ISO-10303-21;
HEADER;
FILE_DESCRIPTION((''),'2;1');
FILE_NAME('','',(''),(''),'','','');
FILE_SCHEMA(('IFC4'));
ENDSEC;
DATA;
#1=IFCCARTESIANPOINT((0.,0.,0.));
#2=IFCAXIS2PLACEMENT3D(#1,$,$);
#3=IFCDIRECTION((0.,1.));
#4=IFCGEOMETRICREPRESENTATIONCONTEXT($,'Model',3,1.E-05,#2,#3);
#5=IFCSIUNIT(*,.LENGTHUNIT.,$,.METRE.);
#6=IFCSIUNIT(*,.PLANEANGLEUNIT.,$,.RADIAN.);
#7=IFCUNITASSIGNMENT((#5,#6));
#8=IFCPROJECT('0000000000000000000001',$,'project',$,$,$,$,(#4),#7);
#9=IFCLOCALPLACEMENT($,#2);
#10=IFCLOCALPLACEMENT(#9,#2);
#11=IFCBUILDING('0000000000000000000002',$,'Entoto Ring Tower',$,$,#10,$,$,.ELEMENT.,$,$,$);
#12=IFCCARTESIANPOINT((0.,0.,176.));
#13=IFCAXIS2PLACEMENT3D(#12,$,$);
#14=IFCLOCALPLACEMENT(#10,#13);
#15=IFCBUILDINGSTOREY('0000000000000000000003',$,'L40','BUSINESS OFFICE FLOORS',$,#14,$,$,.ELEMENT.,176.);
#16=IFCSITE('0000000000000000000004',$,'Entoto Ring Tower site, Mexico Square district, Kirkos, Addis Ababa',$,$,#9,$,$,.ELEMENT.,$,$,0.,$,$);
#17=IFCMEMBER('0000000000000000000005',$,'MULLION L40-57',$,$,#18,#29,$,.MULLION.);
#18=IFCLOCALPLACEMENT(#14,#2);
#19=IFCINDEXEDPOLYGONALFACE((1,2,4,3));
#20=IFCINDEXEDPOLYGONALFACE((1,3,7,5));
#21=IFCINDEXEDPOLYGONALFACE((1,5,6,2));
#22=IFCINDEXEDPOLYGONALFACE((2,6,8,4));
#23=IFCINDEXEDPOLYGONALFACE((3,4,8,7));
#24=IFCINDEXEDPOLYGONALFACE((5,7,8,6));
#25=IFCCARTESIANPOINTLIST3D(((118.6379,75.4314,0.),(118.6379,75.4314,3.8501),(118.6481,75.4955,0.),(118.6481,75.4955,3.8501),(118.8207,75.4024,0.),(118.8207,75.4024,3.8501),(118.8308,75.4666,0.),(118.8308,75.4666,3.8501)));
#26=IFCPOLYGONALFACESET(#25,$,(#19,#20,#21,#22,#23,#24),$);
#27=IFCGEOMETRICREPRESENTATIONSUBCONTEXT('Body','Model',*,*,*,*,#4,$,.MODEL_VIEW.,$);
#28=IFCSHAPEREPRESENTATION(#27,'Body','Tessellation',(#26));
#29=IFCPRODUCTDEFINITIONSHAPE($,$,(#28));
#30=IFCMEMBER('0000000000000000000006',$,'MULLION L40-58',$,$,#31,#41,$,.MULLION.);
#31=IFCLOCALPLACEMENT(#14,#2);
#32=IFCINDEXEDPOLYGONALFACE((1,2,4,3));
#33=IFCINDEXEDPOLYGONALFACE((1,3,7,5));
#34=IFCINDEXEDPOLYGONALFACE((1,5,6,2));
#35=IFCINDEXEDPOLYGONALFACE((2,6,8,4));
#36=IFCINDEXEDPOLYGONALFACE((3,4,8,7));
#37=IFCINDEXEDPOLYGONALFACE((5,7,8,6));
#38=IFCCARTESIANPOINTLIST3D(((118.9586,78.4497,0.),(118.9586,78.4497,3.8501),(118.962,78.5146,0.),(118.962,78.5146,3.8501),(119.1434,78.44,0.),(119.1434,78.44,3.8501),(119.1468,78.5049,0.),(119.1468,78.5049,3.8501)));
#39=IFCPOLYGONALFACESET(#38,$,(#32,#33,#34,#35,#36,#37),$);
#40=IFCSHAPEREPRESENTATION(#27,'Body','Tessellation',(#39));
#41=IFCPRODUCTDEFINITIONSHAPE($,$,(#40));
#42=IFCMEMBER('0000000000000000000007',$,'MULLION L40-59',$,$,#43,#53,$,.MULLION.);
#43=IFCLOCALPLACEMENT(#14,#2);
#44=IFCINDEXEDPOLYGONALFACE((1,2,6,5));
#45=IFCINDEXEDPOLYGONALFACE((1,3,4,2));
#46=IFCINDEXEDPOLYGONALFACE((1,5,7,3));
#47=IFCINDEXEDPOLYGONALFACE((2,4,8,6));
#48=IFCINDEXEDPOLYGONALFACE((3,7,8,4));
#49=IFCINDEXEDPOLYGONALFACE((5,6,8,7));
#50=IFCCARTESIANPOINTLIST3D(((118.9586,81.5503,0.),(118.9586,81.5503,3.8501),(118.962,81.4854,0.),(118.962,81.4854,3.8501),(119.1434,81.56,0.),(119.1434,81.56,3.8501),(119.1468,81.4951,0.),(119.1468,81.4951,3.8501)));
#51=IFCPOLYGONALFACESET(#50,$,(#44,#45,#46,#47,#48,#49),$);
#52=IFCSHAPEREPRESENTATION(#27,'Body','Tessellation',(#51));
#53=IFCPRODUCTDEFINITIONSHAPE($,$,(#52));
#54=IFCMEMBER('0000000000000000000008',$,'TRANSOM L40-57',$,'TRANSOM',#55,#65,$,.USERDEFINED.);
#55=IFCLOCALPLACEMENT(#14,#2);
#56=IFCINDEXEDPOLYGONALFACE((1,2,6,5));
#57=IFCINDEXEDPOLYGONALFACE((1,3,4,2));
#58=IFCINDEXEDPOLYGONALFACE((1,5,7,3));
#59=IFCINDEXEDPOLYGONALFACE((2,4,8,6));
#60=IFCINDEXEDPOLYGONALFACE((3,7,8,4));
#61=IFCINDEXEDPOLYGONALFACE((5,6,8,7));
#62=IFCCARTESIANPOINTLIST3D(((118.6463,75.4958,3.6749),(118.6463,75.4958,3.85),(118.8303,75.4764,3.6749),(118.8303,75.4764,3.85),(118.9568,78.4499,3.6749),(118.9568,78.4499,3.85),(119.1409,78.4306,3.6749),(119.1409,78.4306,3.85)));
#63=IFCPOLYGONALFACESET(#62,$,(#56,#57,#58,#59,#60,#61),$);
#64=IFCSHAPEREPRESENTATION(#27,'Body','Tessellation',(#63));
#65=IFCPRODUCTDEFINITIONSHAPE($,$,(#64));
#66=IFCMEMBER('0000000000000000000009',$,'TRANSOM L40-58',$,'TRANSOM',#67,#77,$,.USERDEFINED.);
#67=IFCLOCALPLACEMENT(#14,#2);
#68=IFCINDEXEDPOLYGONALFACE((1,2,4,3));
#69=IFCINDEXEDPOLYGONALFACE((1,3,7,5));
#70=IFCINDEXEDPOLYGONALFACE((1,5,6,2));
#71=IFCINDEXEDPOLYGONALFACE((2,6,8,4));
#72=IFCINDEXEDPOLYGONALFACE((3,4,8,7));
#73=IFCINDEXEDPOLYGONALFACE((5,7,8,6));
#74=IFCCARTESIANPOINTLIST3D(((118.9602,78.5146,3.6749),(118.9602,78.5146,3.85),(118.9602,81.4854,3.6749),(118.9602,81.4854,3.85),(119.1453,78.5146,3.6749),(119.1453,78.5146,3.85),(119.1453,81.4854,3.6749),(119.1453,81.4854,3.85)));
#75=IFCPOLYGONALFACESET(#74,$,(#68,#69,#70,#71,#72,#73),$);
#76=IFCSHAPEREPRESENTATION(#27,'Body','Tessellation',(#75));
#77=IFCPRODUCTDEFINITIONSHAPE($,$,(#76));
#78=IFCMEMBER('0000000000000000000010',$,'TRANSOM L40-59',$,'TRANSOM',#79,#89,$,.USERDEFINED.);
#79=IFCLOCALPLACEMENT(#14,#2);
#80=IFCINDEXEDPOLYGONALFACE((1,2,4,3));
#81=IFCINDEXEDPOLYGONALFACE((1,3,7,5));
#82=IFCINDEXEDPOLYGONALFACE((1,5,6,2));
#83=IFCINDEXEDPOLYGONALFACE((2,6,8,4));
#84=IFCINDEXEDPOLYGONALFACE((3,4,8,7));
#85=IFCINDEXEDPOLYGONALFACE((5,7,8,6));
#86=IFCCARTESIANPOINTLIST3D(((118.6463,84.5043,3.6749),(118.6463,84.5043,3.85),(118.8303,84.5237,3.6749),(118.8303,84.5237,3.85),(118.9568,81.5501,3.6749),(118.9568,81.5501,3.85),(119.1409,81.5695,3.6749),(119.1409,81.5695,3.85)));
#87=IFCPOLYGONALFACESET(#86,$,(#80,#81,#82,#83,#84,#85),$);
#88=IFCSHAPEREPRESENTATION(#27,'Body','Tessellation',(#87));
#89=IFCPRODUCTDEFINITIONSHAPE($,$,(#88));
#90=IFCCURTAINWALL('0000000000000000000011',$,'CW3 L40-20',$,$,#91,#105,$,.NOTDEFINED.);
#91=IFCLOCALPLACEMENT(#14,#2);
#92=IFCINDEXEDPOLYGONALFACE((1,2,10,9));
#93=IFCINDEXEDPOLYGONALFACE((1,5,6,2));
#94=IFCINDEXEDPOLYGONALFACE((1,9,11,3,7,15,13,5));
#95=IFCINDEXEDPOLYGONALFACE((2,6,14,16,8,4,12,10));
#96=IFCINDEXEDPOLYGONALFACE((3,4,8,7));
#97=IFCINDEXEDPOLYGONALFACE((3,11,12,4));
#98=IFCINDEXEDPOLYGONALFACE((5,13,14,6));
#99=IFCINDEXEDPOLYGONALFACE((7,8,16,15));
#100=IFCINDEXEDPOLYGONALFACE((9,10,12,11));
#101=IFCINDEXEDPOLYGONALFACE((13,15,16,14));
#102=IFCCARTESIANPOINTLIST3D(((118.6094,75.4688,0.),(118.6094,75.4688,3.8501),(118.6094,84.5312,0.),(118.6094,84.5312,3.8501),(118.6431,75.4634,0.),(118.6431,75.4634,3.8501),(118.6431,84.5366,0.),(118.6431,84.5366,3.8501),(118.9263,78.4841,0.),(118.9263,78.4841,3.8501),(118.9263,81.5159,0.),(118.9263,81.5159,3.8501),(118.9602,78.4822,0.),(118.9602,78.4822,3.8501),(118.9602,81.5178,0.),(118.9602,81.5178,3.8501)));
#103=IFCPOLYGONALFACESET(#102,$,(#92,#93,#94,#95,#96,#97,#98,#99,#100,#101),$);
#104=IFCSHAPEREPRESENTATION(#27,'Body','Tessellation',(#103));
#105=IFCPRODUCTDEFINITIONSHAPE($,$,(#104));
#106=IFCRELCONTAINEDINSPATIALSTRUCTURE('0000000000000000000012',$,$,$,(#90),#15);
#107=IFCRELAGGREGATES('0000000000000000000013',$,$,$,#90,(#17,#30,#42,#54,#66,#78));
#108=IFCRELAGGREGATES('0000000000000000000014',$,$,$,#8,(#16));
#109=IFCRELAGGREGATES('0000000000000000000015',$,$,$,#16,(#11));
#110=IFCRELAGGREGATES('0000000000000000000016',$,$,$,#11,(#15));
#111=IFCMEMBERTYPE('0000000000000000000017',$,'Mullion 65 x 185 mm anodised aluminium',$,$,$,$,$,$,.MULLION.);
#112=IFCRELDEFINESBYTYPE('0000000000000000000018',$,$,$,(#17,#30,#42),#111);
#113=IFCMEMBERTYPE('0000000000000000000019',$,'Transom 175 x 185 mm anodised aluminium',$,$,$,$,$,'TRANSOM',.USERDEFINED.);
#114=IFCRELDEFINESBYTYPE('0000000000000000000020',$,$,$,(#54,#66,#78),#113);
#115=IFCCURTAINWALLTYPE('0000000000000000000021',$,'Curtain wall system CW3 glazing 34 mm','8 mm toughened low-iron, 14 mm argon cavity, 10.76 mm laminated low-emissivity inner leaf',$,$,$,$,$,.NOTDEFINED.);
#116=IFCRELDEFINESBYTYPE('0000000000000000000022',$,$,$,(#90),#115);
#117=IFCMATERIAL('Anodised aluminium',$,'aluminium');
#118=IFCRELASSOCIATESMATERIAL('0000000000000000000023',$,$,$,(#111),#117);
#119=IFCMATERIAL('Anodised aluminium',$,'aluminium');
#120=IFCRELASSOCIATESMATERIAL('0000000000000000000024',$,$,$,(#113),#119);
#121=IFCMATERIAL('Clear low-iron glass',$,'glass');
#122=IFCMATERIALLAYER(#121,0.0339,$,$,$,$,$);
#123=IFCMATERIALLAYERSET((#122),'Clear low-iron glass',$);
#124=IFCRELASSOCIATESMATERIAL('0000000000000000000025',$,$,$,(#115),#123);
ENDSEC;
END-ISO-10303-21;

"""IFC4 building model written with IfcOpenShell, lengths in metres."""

from ifc_helpers import new_model, si_unit, direction, frame, origin, origin_2d, place, context, subcontext, project, spatial, polyline, rectangle, outline, extrude, material, layer, layer_set, material_profile, profile_set, type_object, element, aggregate, save


model = new_model("IFC4")

# Units and contexts
model_context = context("Model", 3, precision=1e-05, world=origin(), true_north=direction((0.0, 1.0)))
body_context = subcontext(model_context, "Body", "Model", "MODEL_VIEW")
ifc_project = project(units=[si_unit("LENGTHUNIT", "METRE"), si_unit("PLANEANGLEUNIT", "RADIAN")], contexts=[model_context])

# Members
ifc_material_1 = material(Name="Anodised aluminium", Category="aluminium")
ifc_material_profile_1 = material_profile(ifc_material_1, rectangle(XDim=0.0649, YDim=0.1851, at=origin_2d()), Name="Mullion 65 x 185 mm anodised aluminium")
ifc_profile_set_1 = profile_set([ifc_material_profile_1], Name="Anodised aluminium")
member_type_1 = type_object("IfcMemberType", Name="Mullion 65 x 185 mm anodised aluminium", PredefinedType="MULLION", material=ifc_profile_set_1)
site_placement = place(None, origin())
building_placement = place(site_placement, origin())
storey_placement = place(building_placement, frame((0.0, 0.0, 176.0)))
member_1_placement = place(storey_placement, frame((118.7344, 75.449, 0.0), z_axis=(0.0, 0.0, 1.0), x_axis=(0.156434, 0.987688, 0.0)))
member_1 = element("IfcMember", 1, at=member_1_placement, type_object=member_type_1, Name="MULLION L40-57", PredefinedType="MULLION", context=body_context, shape_type="SweptSolid", body=[
    extrude(rectangle(XDim=0.0649, YDim=0.1851, at=origin_2d()), origin(), (0.0, 0.0, 1.0), 3.8501),
])
member_2_placement = place(storey_placement, frame((119.0527, 78.4773, 0.0), z_axis=(0.0, 0.0, 1.0), x_axis=(0.052336, 0.99863, 0.0)))
member_2 = element("IfcMember", 2, at=member_2_placement, type_object=member_type_1, Name="MULLION L40-58", PredefinedType="MULLION", context=body_context, shape_type="SweptSolid", body=[
    extrude(rectangle(XDim=0.0649, YDim=0.1851, at=origin_2d()), origin(), (0.0, 0.0, 1.0), 3.8501),
])
member_3_placement = place(storey_placement, frame((119.0527, 81.5227, 0.0), z_axis=(0.0, 0.0, 1.0), x_axis=(-0.052336, 0.99863, 0.0)))
member_3 = element("IfcMember", 3, at=member_3_placement, type_object=member_type_1, Name="MULLION L40-59", PredefinedType="MULLION", context=body_context, shape_type="SweptSolid", body=[
    extrude(rectangle(XDim=0.0649, YDim=0.1851, at=origin_2d()), origin(), (0.0, 0.0, 1.0), 3.8501),
])
ifc_material_2 = material(Name="Anodised aluminium", Category="aluminium")
ifc_material_profile_2 = material_profile(ifc_material_2, rectangle(XDim=0.1851, YDim=0.175, at=origin_2d()), Name="Transom 175 x 185 mm anodised aluminium")
ifc_profile_set_2 = profile_set([ifc_material_profile_2], Name="Anodised aluminium")
member_type_2 = type_object("IfcMemberType", Name="Transom 175 x 185 mm anodised aluminium", ElementType="TRANSOM", PredefinedType="USERDEFINED", material=ifc_profile_set_2)
member_4_placement = place(storey_placement, frame((118.7383, 75.4861, 3.7625), z_axis=(0.104548, 0.99452, 0.0), x_axis=(-0.99452, 0.104548, 0.0)))
member_4 = element("IfcMember", 4, at=member_4_placement, type_object=member_type_2, Name="TRANSOM L40-57", ObjectType="TRANSOM", PredefinedType="USERDEFINED", context=body_context, shape_type="SweptSolid", body=[
    extrude(rectangle(XDim=0.1851, YDim=0.175, at=origin_2d()), origin(), (0.0, 0.0, 1.0), 2.9705),
])
member_5_placement = place(storey_placement, frame((119.0527, 78.5146, 3.7625), z_axis=(0.0, 1.0, 0.0), x_axis=(-1.0, 0.0, 0.0)))
member_5 = element("IfcMember", 5, at=member_5_placement, type_object=member_type_2, Name="TRANSOM L40-58", ObjectType="TRANSOM", PredefinedType="USERDEFINED", context=body_context, shape_type="SweptSolid", body=[
    extrude(rectangle(XDim=0.1851, YDim=0.175, at=origin_2d()), origin(), (0.0, 0.0, 1.0), 2.9707),
])
member_6_placement = place(storey_placement, frame((119.0488, 81.5598, 3.7625), z_axis=(-0.104548, 0.99452, 0.0), x_axis=(-0.99452, -0.104548, 0.0)))
member_6 = element("IfcMember", 6, at=member_6_placement, type_object=member_type_2, Name="TRANSOM L40-59", ObjectType="TRANSOM", PredefinedType="USERDEFINED", context=body_context, shape_type="SweptSolid", body=[
    extrude(rectangle(XDim=0.1851, YDim=0.175, at=origin_2d()), origin(), (0.0, 0.0, 1.0), 2.9705),
])

# Site, building, storey
site = spatial("IfcSite", under=ifc_project, at=site_placement, Name="Entoto Ring Tower site, Mexico Square district, Kirkos, Addis Ababa", CompositionType="ELEMENT", RefElevation=0.0)
building = spatial("IfcBuilding", under=site, at=building_placement, Name="Entoto Ring Tower", CompositionType="ELEMENT")
storey = spatial("IfcBuildingStorey", under=building, at=storey_placement, Name="L40", Description="BUSINESS OFFICE FLOORS", CompositionType="ELEMENT", Elevation=176.0)

# Curtain wall
ifc_material_3 = material(Name="Clear low-iron glass", Category="glass")
ifc_layer = layer(ifc_material_3, 0.0339)
ifc_layer_set = layer_set([ifc_layer], Name="Clear low-iron glass")
curtain_wall_type = type_object("IfcCurtainWallType", Name="Curtain wall system CW3 glazing 34 mm", Description="8 mm toughened low-iron, 14 mm argon cavity, 10.76 mm laminated low-emissivity inner leaf", PredefinedType="NOTDEFINED", material=ifc_layer_set)
curtain_wall_1_placement = place(storey_placement, origin())
curtain_wall_1 = element("IfcCurtainWall", 7, at=curtain_wall_1_placement, inside=storey, type_object=curtain_wall_type, Name="CW3 L40-20", PredefinedType="NOTDEFINED", context=body_context, shape_type="SweptSolid", body=[
    extrude(outline(polyline([(118.6431, 75.4634), (118.9602, 78.4822), (118.9602, 81.5178), (118.6431, 84.5366), (118.6094, 84.5312), (118.9263, 81.5159), (118.9263, 78.4841), (118.6094, 75.4688), (118.6431, 75.4634)])), origin(), (0.0, 0.0, 1.0), 3.8501),
])
aggregate(curtain_wall_1, [member_1, member_2, member_3, member_4, member_5, member_6])

save(model, "model.ifc")
